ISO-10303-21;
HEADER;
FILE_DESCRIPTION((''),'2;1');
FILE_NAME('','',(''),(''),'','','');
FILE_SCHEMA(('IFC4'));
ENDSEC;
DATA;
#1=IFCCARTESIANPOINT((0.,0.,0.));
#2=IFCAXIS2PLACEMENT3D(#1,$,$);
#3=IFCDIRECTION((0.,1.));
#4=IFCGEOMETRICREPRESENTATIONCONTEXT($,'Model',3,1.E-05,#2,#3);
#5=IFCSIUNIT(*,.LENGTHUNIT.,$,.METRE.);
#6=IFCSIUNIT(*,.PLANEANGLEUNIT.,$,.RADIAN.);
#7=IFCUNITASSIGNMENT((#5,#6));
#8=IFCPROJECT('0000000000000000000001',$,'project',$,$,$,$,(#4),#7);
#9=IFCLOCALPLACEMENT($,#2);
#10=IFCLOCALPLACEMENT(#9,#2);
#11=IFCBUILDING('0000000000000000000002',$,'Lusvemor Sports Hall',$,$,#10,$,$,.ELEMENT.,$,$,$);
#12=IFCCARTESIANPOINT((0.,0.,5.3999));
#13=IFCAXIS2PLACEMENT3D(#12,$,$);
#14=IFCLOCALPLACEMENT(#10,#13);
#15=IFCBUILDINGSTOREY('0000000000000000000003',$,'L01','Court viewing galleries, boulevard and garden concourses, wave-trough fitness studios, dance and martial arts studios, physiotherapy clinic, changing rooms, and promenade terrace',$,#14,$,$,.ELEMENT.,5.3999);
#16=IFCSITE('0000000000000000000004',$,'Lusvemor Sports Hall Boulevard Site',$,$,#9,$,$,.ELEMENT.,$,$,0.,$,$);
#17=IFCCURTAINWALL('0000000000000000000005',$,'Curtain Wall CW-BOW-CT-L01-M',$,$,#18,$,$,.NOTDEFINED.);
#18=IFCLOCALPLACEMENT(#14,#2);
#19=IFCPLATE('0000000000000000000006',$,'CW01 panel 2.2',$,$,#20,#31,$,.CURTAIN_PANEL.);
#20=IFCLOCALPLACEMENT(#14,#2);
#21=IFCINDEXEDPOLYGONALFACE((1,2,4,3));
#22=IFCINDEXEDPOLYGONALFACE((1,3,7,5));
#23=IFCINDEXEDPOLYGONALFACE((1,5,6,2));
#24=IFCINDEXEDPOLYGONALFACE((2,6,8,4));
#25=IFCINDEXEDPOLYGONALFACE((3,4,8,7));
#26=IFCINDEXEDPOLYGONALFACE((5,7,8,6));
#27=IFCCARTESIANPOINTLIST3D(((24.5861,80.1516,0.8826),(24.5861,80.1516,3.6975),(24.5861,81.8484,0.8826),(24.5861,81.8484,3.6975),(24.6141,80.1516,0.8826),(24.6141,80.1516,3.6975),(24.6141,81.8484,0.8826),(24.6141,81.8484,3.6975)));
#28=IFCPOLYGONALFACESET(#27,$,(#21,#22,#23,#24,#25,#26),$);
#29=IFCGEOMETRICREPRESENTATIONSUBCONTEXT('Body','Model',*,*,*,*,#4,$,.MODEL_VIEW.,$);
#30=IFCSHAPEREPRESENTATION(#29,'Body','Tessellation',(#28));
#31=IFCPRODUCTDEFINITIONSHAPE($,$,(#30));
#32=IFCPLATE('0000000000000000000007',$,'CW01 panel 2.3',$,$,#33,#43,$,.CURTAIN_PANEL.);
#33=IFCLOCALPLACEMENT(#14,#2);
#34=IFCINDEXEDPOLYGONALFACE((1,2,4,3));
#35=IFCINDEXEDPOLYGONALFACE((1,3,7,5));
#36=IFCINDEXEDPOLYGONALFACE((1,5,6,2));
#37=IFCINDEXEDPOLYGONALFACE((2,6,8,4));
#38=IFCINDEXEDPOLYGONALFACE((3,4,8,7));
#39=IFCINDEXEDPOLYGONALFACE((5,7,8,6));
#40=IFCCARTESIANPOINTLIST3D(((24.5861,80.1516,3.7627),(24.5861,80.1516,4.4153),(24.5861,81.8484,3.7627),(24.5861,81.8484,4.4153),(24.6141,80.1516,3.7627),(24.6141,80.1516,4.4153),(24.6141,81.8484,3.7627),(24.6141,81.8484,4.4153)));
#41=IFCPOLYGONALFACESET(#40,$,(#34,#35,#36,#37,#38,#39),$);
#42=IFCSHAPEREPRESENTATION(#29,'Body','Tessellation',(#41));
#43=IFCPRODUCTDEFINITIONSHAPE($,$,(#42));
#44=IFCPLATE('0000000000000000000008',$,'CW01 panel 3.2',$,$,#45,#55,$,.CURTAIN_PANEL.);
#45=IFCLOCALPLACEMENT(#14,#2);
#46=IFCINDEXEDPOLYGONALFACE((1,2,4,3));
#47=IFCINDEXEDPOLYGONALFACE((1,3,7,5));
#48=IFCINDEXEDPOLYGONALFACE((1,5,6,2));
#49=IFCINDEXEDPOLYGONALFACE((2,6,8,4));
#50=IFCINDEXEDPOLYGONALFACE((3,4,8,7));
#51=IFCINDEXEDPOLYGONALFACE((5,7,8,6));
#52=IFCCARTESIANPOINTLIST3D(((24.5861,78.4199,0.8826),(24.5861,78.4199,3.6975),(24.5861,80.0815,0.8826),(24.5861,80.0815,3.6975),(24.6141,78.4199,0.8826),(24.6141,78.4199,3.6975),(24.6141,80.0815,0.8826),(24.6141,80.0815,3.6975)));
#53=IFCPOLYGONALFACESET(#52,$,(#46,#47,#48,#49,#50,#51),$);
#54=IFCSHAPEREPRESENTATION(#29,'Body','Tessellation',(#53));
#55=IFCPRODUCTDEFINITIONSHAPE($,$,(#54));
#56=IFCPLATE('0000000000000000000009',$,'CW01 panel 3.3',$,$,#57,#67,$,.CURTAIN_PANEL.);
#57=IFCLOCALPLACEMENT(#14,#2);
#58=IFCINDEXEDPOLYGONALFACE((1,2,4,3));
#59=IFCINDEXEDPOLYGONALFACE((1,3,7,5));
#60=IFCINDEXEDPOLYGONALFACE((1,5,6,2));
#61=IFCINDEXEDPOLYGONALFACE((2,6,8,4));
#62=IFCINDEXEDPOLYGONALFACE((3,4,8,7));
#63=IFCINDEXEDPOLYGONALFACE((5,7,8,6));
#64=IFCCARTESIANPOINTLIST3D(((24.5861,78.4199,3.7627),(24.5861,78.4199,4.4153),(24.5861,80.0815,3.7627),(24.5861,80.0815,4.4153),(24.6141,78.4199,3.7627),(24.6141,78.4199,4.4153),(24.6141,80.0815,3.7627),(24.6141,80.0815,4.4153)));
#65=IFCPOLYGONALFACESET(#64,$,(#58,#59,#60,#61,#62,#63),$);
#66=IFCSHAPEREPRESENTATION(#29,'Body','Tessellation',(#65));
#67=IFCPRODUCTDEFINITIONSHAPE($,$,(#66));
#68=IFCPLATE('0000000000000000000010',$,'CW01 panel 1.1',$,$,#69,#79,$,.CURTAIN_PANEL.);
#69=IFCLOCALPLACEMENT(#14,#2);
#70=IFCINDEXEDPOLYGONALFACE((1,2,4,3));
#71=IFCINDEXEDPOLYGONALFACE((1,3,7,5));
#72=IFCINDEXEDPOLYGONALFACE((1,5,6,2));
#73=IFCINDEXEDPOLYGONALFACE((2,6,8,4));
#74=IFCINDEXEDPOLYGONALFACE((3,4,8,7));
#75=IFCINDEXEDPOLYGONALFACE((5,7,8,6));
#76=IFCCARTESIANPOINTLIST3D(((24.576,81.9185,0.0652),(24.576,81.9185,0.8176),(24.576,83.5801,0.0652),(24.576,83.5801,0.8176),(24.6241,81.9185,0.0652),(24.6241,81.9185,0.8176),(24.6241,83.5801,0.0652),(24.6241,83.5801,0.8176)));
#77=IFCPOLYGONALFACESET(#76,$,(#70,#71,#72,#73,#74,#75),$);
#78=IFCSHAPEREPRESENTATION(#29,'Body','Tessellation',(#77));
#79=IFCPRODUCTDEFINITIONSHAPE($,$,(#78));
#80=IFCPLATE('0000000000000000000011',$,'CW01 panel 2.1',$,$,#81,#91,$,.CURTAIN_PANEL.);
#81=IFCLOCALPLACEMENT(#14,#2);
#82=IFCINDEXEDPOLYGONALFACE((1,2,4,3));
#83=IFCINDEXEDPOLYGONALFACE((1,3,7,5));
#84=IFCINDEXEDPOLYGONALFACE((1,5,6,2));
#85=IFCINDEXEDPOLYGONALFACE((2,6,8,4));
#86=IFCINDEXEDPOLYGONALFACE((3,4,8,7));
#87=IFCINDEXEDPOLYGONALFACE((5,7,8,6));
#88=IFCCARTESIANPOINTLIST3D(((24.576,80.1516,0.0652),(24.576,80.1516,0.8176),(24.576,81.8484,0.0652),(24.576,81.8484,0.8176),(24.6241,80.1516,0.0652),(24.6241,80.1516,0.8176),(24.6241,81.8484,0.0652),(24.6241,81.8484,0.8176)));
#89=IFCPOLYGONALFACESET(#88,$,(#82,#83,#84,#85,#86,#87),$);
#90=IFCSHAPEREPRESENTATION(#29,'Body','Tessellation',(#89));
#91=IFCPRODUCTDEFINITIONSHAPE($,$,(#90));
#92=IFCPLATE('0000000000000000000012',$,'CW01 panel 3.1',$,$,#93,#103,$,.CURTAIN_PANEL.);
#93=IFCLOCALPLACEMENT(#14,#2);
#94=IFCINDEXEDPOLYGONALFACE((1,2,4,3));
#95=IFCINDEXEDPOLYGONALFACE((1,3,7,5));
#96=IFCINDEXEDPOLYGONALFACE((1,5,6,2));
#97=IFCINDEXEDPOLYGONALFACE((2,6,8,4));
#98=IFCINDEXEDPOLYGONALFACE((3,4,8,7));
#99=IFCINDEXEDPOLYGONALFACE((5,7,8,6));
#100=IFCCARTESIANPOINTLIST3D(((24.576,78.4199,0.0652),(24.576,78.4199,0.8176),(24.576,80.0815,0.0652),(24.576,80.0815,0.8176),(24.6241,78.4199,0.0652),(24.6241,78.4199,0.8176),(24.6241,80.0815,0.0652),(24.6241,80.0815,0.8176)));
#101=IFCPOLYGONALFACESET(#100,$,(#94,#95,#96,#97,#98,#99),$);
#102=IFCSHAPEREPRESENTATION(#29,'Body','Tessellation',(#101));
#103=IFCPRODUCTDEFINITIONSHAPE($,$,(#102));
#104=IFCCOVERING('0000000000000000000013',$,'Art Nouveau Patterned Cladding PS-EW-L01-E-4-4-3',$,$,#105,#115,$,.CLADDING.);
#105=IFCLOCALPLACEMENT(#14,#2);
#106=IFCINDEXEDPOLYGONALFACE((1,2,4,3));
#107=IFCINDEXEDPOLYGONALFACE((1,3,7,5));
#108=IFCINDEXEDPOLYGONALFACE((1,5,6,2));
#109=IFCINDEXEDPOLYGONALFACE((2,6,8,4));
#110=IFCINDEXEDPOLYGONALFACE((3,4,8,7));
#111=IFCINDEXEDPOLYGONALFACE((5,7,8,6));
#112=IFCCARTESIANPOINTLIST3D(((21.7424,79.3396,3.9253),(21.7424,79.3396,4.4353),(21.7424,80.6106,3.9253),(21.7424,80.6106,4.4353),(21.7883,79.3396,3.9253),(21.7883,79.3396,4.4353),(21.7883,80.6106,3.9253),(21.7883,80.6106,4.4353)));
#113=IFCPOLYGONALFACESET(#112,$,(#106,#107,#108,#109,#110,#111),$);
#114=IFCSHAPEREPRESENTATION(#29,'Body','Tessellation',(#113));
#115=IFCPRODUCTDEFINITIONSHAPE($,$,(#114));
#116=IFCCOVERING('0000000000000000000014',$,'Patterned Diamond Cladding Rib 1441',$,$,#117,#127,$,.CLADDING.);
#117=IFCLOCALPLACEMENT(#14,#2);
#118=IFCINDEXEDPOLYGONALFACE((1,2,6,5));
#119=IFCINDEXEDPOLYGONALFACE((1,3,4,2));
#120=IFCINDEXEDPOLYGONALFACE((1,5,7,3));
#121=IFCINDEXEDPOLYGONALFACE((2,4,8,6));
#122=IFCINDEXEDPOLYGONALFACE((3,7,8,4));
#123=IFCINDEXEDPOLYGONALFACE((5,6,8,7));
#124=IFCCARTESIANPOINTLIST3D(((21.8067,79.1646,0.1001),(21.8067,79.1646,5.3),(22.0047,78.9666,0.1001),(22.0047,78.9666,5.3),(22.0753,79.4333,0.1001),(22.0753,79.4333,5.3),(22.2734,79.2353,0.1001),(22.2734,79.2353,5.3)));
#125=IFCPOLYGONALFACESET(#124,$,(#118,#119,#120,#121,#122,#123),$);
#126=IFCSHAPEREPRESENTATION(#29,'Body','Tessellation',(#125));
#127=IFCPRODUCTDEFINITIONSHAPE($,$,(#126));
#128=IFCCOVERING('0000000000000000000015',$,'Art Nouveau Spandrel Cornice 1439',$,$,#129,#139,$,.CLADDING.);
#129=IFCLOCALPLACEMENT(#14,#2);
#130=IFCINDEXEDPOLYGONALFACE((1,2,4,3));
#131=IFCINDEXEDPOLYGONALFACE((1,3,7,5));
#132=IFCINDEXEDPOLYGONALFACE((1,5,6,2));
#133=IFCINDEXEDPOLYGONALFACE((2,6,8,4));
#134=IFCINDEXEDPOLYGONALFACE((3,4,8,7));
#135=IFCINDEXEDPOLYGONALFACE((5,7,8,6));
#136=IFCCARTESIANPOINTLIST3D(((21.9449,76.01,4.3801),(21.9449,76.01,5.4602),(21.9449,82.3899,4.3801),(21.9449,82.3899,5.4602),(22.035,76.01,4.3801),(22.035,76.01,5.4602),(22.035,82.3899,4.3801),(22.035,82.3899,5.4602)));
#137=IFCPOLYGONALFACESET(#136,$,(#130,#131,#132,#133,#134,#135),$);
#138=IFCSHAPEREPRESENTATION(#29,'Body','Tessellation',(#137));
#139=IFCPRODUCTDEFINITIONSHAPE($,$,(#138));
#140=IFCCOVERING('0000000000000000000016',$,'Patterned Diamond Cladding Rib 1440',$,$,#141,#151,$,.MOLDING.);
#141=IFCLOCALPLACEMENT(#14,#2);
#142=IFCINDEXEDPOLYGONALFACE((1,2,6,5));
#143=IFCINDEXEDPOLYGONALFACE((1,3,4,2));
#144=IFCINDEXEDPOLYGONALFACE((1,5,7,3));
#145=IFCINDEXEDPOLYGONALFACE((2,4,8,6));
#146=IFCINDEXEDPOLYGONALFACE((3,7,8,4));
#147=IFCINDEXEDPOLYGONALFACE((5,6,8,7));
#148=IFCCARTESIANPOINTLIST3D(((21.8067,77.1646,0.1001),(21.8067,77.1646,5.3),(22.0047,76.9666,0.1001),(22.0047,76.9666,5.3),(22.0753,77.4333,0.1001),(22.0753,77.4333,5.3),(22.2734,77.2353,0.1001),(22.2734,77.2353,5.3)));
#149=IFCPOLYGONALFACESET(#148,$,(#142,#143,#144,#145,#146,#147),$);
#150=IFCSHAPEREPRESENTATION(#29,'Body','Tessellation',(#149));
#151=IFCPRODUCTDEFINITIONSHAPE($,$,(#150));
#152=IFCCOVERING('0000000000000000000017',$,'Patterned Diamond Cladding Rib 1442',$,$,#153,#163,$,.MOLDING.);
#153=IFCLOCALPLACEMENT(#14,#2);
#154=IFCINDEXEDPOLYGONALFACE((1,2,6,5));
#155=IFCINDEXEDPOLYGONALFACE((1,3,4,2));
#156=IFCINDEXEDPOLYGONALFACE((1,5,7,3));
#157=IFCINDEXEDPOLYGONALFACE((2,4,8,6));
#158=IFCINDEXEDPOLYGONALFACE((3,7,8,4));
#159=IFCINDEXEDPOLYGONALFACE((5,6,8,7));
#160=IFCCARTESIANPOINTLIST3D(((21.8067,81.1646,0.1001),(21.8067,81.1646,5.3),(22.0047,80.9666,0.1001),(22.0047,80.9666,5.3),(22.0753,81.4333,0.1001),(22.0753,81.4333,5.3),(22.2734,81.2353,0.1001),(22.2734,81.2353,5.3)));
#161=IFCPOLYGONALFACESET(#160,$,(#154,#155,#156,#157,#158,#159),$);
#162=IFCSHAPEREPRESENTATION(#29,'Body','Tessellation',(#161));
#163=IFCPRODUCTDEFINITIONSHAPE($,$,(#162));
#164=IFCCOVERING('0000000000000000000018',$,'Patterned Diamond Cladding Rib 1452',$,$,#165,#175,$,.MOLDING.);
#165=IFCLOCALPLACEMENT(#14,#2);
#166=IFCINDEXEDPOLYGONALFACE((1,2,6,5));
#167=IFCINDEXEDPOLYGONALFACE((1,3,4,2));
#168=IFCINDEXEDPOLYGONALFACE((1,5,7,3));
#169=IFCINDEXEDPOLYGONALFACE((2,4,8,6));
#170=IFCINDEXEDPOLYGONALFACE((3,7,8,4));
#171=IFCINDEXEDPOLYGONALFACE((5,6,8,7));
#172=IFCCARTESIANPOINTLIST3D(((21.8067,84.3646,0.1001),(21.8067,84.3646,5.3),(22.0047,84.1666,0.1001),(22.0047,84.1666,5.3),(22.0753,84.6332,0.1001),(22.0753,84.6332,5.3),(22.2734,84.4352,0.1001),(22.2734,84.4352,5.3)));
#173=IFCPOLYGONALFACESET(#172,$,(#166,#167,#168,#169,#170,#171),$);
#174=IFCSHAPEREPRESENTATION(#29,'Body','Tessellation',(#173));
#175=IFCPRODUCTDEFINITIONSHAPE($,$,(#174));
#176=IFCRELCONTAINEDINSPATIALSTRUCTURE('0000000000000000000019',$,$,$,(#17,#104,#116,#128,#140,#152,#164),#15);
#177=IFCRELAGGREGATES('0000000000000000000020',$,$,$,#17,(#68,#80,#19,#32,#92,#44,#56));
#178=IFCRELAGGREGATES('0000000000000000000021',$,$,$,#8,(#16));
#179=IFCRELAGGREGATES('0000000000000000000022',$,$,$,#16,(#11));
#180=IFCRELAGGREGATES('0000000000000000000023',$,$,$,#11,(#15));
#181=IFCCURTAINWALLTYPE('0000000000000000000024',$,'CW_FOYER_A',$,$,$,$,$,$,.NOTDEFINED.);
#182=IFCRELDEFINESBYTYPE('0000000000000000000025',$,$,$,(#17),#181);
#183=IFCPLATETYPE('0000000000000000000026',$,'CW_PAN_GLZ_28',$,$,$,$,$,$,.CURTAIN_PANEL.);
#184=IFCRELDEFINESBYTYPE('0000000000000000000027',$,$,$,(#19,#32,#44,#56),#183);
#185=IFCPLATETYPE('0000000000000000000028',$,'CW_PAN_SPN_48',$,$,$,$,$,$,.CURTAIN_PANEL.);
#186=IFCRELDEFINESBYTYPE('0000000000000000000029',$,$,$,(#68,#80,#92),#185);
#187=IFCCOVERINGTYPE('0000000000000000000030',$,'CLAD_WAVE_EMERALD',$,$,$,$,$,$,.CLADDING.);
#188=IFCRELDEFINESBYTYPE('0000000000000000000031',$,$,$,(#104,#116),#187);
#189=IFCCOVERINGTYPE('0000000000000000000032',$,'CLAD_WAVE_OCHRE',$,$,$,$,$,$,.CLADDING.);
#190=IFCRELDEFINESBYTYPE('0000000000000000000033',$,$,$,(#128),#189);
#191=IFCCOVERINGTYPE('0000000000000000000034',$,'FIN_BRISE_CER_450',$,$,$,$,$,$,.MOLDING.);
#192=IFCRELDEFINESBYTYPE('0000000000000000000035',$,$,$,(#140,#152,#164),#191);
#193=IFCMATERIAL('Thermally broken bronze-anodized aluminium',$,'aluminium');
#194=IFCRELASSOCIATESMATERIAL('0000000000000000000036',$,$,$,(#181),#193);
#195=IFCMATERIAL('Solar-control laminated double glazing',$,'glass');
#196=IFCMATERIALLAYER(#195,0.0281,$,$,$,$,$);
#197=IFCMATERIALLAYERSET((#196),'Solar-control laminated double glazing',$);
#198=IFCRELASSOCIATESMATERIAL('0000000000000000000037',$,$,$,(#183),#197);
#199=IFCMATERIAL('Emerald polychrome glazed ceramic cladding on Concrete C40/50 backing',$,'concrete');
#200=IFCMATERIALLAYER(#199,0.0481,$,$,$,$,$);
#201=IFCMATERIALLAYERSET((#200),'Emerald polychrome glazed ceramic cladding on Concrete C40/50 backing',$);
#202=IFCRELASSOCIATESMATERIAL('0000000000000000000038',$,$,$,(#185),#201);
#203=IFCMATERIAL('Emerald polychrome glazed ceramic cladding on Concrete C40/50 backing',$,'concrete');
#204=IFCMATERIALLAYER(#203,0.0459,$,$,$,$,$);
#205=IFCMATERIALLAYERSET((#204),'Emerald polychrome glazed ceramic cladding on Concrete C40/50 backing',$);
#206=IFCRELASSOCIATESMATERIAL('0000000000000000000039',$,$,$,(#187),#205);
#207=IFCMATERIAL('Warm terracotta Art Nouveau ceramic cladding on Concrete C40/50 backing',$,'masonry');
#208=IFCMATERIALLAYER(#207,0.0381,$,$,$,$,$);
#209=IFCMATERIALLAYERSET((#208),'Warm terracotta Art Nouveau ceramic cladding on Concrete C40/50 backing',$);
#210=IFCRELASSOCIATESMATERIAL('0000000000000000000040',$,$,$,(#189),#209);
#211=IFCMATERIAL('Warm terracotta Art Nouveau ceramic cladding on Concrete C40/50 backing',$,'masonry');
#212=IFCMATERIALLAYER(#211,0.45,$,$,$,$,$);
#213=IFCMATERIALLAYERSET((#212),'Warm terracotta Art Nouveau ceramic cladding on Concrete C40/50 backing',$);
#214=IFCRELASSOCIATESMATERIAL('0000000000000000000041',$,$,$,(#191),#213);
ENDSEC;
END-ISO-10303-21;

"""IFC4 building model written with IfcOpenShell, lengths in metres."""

from ifc_helpers import new_model, si_unit, direction, frame, origin, origin_2d, place, context, subcontext, project, spatial, rectangle, extrude, material, layer, layer_set, type_object, element, aggregate, save


model = new_model("IFC4")

# Units and contexts
model_context = context("Model", 3, precision=1e-05, world=origin(), true_north=direction((0.0, 1.0)))
body_context = subcontext(model_context, "Body", "Model", "MODEL_VIEW")
ifc_project = project(units=[si_unit("LENGTHUNIT", "METRE"), si_unit("PLANEANGLEUNIT", "RADIAN")], contexts=[model_context])

# Site, building, storey
site_placement = place(None, origin())
site = spatial("IfcSite", under=ifc_project, at=site_placement, Name="Lusvemor Sports Hall Boulevard Site", CompositionType="ELEMENT", RefElevation=0.0)
building_placement = place(site_placement, origin())
building = spatial("IfcBuilding", under=site, at=building_placement, Name="Lusvemor Sports Hall", CompositionType="ELEMENT")
storey_placement = place(building_placement, frame((0.0, 0.0, 5.3999)))
storey = spatial("IfcBuildingStorey", under=building, at=storey_placement, Name="L01", Description="Court viewing galleries, boulevard and garden concourses, wave-trough fitness studios, dance and martial arts studios, physiotherapy clinic, changing rooms, and promenade terrace", CompositionType="ELEMENT", Elevation=5.3999)

# Curtain wall
ifc_material_1 = material(Name="Thermally broken bronze-anodized aluminium", Category="aluminium")
curtain_wall_type = type_object("IfcCurtainWallType", Name="CW_FOYER_A", PredefinedType="NOTDEFINED", material=ifc_material_1)
curtain_wall_placement = place(storey_placement, origin())
curtain_wall = element("IfcCurtainWall", 1, at=curtain_wall_placement, inside=storey, type_object=curtain_wall_type, Name="Curtain Wall CW-BOW-CT-L01-M", PredefinedType="NOTDEFINED")

# Plates
ifc_material_2 = material(Name="Solar-control laminated double glazing", Category="glass")
ifc_layer_1 = layer(ifc_material_2, 0.0281)
ifc_layer_set_1 = layer_set([ifc_layer_1], Name="Solar-control laminated double glazing")
plate_type_1 = type_object("IfcPlateType", Name="CW_PAN_GLZ_28", PredefinedType="CURTAIN_PANEL", material=ifc_layer_set_1)
plate_1_placement = place(storey_placement, frame((24.6001, 81.0, 0.8826), z_axis=(0.0, 0.0, 1.0), x_axis=(0.0, -1.0, 0.0)))
plate_1 = element("IfcPlate", 2, at=plate_1_placement, type_object=plate_type_1, Name="CW01 panel 2.2", PredefinedType="CURTAIN_PANEL", context=body_context, shape_type="SweptSolid", body=[
    extrude(rectangle(XDim=1.6968, YDim=0.0281, at=origin_2d()), origin(), (0.0, 0.0, 1.0), 2.8149),
])
plate_2_placement = place(storey_placement, frame((24.6001, 81.0, 3.7627), z_axis=(0.0, 0.0, 1.0), x_axis=(0.0, -1.0, 0.0)))
plate_2 = element("IfcPlate", 3, at=plate_2_placement, type_object=plate_type_1, Name="CW01 panel 2.3", PredefinedType="CURTAIN_PANEL", context=body_context, shape_type="SweptSolid", body=[
    extrude(rectangle(XDim=1.6968, YDim=0.0281, at=origin_2d()), origin(), (0.0, 0.0, 1.0), 0.6526),
])
plate_3_placement = place(storey_placement, frame((24.6001, 79.2507, 0.8826), z_axis=(0.0, 0.0, 1.0), x_axis=(0.0, -1.0, 0.0)))
plate_3 = element("IfcPlate", 4, at=plate_3_placement, type_object=plate_type_1, Name="CW01 panel 3.2", PredefinedType="CURTAIN_PANEL", context=body_context, shape_type="SweptSolid", body=[
    extrude(rectangle(XDim=1.6616, YDim=0.0281, at=origin_2d()), origin(), (0.0, 0.0, 1.0), 2.8149),
])
plate_4_placement = place(storey_placement, frame((24.6001, 79.2507, 3.7627), z_axis=(0.0, 0.0, 1.0), x_axis=(0.0, -1.0, 0.0)))
plate_4 = element("IfcPlate", 5, at=plate_4_placement, type_object=plate_type_1, Name="CW01 panel 3.3", PredefinedType="CURTAIN_PANEL", context=body_context, shape_type="SweptSolid", body=[
    extrude(rectangle(XDim=1.6616, YDim=0.0281, at=origin_2d()), origin(), (0.0, 0.0, 1.0), 0.6526),
])
ifc_material_3 = material(Name="Emerald polychrome glazed ceramic cladding on Concrete C40/50 backing", Category="concrete")
ifc_layer_2 = layer(ifc_material_3, 0.0481)
ifc_layer_set_2 = layer_set([ifc_layer_2], Name="Emerald polychrome glazed ceramic cladding on Concrete C40/50 backing")
plate_type_2 = type_object("IfcPlateType", Name="CW_PAN_SPN_48", PredefinedType="CURTAIN_PANEL", material=ifc_layer_set_2)
plate_5_placement = place(storey_placement, frame((24.6001, 82.7493, 0.0652), z_axis=(0.0, 0.0, 1.0), x_axis=(0.0, -1.0, 0.0)))
plate_5 = element("IfcPlate", 6, at=plate_5_placement, type_object=plate_type_2, Name="CW01 panel 1.1", PredefinedType="CURTAIN_PANEL", context=body_context, shape_type="SweptSolid", body=[
    extrude(rectangle(XDim=1.6616, YDim=0.0481, at=origin_2d()), origin(), (0.0, 0.0, 1.0), 0.7524),
])
plate_6_placement = place(storey_placement, frame((24.6001, 81.0, 0.0652), z_axis=(0.0, 0.0, 1.0), x_axis=(0.0, -1.0, 0.0)))
plate_6 = element("IfcPlate", 7, at=plate_6_placement, type_object=plate_type_2, Name="CW01 panel 2.1", PredefinedType="CURTAIN_PANEL", context=body_context, shape_type="SweptSolid", body=[
    extrude(rectangle(XDim=1.6968, YDim=0.0481, at=origin_2d()), origin(), (0.0, 0.0, 1.0), 0.7524),
])
plate_7_placement = place(storey_placement, frame((24.6001, 79.2507, 0.0652), z_axis=(0.0, 0.0, 1.0), x_axis=(0.0, -1.0, 0.0)))
plate_7 = element("IfcPlate", 8, at=plate_7_placement, type_object=plate_type_2, Name="CW01 panel 3.1", PredefinedType="CURTAIN_PANEL", context=body_context, shape_type="SweptSolid", body=[
    extrude(rectangle(XDim=1.6616, YDim=0.0481, at=origin_2d()), origin(), (0.0, 0.0, 1.0), 0.7524),
])
aggregate(curtain_wall, [plate_5, plate_6, plate_1, plate_2, plate_7, plate_3, plate_4])

# Coverings
ifc_material_4 = material(Name="Emerald polychrome glazed ceramic cladding on Concrete C40/50 backing", Category="concrete")
ifc_layer_3 = layer(ifc_material_4, 0.0459)
ifc_layer_set_3 = layer_set([ifc_layer_3], Name="Emerald polychrome glazed ceramic cladding on Concrete C40/50 backing")
covering_type_1 = type_object("IfcCoveringType", Name="CLAD_WAVE_EMERALD", PredefinedType="CLADDING", material=ifc_layer_set_3)
covering_1_placement = place(storey_placement, frame((21.7654, 79.9751, 3.9253), z_axis=(0.0, 0.0, 1.0), x_axis=(1.0, 0.0, 0.0)))
element("IfcCovering", 9, at=covering_1_placement, inside=storey, type_object=covering_type_1, Name="Art Nouveau Patterned Cladding PS-EW-L01-E-4-4-3", PredefinedType="CLADDING", context=body_context, shape_type="SweptSolid", body=[
    extrude(rectangle(XDim=0.0459, YDim=1.271, at=origin_2d()), origin(), (0.0, 0.0, 1.0), 0.51),
])
covering_2_placement = place(storey_placement, frame((22.04, 79.2, 0.1001), z_axis=(0.0, 0.0, 1.0), x_axis=(0.707107, 0.707107, 0.0)))
element("IfcCovering", 10, at=covering_2_placement, inside=storey, type_object=covering_type_1, Name="Patterned Diamond Cladding Rib 1441", PredefinedType="CLADDING", context=body_context, shape_type="SweptSolid", body=[
    extrude(rectangle(XDim=0.3799, YDim=0.28, at=origin_2d()), origin(), (0.0, 0.0, 1.0), 5.2),
])
ifc_material_5 = material(Name="Warm terracotta Art Nouveau ceramic cladding on Concrete C40/50 backing", Category="masonry")
ifc_layer_4 = layer(ifc_material_5, 0.0381)
ifc_layer_set_4 = layer_set([ifc_layer_4], Name="Warm terracotta Art Nouveau ceramic cladding on Concrete C40/50 backing")
covering_type_2 = type_object("IfcCoveringType", Name="CLAD_WAVE_OCHRE", PredefinedType="CLADDING", material=ifc_layer_set_4)
covering_3_placement = place(storey_placement, frame((21.99, 79.2, 4.3801), z_axis=(0.0, 0.0, 1.0), x_axis=(1.0, 0.0, 0.0)))
element("IfcCovering", 11, at=covering_3_placement, inside=storey, type_object=covering_type_2, Name="Art Nouveau Spandrel Cornice 1439", PredefinedType="CLADDING", context=body_context, shape_type="SweptSolid", body=[
    extrude(rectangle(XDim=0.0901, YDim=6.3799, at=origin_2d()), origin(), (0.0, 0.0, 1.0), 1.0801),
])
ifc_material_6 = material(Name="Warm terracotta Art Nouveau ceramic cladding on Concrete C40/50 backing", Category="masonry")
ifc_layer_5 = layer(ifc_material_6, 0.45)
ifc_layer_set_5 = layer_set([ifc_layer_5], Name="Warm terracotta Art Nouveau ceramic cladding on Concrete C40/50 backing")
covering_type_3 = type_object("IfcCoveringType", Name="FIN_BRISE_CER_450", PredefinedType="MOLDING", material=ifc_layer_set_5)
for number, where, z_axis, x_axis, name in (
    (12, (22.04, 77.2, 0.1001), (0.0, 0.0, 1.0), (0.707107, 0.707107, 0.0), "Patterned Diamond Cladding Rib 1440"),
    (13, (22.04, 81.2, 0.1001), (0.0, 0.0, 1.0), (0.707107, 0.707107, 0.0), "Patterned Diamond Cladding Rib 1442"),
    (14, (22.04, 84.3999, 0.1001), (0.0, 0.0, 1.0), (0.707107, 0.707107, 0.0), "Patterned Diamond Cladding Rib 1452"),
):
    element("IfcCovering", number, at=place(storey_placement, frame(where, z_axis=z_axis, x_axis=x_axis)), inside=storey, type_object=covering_type_3, Name=name, PredefinedType="MOLDING", context=body_context, shape_type="SweptSolid", body=[
        extrude(rectangle(XDim=0.3799, YDim=0.28, at=origin_2d()), origin(), (0.0, 0.0, 1.0), 5.2),
    ])

save(model, "model.ifc")
